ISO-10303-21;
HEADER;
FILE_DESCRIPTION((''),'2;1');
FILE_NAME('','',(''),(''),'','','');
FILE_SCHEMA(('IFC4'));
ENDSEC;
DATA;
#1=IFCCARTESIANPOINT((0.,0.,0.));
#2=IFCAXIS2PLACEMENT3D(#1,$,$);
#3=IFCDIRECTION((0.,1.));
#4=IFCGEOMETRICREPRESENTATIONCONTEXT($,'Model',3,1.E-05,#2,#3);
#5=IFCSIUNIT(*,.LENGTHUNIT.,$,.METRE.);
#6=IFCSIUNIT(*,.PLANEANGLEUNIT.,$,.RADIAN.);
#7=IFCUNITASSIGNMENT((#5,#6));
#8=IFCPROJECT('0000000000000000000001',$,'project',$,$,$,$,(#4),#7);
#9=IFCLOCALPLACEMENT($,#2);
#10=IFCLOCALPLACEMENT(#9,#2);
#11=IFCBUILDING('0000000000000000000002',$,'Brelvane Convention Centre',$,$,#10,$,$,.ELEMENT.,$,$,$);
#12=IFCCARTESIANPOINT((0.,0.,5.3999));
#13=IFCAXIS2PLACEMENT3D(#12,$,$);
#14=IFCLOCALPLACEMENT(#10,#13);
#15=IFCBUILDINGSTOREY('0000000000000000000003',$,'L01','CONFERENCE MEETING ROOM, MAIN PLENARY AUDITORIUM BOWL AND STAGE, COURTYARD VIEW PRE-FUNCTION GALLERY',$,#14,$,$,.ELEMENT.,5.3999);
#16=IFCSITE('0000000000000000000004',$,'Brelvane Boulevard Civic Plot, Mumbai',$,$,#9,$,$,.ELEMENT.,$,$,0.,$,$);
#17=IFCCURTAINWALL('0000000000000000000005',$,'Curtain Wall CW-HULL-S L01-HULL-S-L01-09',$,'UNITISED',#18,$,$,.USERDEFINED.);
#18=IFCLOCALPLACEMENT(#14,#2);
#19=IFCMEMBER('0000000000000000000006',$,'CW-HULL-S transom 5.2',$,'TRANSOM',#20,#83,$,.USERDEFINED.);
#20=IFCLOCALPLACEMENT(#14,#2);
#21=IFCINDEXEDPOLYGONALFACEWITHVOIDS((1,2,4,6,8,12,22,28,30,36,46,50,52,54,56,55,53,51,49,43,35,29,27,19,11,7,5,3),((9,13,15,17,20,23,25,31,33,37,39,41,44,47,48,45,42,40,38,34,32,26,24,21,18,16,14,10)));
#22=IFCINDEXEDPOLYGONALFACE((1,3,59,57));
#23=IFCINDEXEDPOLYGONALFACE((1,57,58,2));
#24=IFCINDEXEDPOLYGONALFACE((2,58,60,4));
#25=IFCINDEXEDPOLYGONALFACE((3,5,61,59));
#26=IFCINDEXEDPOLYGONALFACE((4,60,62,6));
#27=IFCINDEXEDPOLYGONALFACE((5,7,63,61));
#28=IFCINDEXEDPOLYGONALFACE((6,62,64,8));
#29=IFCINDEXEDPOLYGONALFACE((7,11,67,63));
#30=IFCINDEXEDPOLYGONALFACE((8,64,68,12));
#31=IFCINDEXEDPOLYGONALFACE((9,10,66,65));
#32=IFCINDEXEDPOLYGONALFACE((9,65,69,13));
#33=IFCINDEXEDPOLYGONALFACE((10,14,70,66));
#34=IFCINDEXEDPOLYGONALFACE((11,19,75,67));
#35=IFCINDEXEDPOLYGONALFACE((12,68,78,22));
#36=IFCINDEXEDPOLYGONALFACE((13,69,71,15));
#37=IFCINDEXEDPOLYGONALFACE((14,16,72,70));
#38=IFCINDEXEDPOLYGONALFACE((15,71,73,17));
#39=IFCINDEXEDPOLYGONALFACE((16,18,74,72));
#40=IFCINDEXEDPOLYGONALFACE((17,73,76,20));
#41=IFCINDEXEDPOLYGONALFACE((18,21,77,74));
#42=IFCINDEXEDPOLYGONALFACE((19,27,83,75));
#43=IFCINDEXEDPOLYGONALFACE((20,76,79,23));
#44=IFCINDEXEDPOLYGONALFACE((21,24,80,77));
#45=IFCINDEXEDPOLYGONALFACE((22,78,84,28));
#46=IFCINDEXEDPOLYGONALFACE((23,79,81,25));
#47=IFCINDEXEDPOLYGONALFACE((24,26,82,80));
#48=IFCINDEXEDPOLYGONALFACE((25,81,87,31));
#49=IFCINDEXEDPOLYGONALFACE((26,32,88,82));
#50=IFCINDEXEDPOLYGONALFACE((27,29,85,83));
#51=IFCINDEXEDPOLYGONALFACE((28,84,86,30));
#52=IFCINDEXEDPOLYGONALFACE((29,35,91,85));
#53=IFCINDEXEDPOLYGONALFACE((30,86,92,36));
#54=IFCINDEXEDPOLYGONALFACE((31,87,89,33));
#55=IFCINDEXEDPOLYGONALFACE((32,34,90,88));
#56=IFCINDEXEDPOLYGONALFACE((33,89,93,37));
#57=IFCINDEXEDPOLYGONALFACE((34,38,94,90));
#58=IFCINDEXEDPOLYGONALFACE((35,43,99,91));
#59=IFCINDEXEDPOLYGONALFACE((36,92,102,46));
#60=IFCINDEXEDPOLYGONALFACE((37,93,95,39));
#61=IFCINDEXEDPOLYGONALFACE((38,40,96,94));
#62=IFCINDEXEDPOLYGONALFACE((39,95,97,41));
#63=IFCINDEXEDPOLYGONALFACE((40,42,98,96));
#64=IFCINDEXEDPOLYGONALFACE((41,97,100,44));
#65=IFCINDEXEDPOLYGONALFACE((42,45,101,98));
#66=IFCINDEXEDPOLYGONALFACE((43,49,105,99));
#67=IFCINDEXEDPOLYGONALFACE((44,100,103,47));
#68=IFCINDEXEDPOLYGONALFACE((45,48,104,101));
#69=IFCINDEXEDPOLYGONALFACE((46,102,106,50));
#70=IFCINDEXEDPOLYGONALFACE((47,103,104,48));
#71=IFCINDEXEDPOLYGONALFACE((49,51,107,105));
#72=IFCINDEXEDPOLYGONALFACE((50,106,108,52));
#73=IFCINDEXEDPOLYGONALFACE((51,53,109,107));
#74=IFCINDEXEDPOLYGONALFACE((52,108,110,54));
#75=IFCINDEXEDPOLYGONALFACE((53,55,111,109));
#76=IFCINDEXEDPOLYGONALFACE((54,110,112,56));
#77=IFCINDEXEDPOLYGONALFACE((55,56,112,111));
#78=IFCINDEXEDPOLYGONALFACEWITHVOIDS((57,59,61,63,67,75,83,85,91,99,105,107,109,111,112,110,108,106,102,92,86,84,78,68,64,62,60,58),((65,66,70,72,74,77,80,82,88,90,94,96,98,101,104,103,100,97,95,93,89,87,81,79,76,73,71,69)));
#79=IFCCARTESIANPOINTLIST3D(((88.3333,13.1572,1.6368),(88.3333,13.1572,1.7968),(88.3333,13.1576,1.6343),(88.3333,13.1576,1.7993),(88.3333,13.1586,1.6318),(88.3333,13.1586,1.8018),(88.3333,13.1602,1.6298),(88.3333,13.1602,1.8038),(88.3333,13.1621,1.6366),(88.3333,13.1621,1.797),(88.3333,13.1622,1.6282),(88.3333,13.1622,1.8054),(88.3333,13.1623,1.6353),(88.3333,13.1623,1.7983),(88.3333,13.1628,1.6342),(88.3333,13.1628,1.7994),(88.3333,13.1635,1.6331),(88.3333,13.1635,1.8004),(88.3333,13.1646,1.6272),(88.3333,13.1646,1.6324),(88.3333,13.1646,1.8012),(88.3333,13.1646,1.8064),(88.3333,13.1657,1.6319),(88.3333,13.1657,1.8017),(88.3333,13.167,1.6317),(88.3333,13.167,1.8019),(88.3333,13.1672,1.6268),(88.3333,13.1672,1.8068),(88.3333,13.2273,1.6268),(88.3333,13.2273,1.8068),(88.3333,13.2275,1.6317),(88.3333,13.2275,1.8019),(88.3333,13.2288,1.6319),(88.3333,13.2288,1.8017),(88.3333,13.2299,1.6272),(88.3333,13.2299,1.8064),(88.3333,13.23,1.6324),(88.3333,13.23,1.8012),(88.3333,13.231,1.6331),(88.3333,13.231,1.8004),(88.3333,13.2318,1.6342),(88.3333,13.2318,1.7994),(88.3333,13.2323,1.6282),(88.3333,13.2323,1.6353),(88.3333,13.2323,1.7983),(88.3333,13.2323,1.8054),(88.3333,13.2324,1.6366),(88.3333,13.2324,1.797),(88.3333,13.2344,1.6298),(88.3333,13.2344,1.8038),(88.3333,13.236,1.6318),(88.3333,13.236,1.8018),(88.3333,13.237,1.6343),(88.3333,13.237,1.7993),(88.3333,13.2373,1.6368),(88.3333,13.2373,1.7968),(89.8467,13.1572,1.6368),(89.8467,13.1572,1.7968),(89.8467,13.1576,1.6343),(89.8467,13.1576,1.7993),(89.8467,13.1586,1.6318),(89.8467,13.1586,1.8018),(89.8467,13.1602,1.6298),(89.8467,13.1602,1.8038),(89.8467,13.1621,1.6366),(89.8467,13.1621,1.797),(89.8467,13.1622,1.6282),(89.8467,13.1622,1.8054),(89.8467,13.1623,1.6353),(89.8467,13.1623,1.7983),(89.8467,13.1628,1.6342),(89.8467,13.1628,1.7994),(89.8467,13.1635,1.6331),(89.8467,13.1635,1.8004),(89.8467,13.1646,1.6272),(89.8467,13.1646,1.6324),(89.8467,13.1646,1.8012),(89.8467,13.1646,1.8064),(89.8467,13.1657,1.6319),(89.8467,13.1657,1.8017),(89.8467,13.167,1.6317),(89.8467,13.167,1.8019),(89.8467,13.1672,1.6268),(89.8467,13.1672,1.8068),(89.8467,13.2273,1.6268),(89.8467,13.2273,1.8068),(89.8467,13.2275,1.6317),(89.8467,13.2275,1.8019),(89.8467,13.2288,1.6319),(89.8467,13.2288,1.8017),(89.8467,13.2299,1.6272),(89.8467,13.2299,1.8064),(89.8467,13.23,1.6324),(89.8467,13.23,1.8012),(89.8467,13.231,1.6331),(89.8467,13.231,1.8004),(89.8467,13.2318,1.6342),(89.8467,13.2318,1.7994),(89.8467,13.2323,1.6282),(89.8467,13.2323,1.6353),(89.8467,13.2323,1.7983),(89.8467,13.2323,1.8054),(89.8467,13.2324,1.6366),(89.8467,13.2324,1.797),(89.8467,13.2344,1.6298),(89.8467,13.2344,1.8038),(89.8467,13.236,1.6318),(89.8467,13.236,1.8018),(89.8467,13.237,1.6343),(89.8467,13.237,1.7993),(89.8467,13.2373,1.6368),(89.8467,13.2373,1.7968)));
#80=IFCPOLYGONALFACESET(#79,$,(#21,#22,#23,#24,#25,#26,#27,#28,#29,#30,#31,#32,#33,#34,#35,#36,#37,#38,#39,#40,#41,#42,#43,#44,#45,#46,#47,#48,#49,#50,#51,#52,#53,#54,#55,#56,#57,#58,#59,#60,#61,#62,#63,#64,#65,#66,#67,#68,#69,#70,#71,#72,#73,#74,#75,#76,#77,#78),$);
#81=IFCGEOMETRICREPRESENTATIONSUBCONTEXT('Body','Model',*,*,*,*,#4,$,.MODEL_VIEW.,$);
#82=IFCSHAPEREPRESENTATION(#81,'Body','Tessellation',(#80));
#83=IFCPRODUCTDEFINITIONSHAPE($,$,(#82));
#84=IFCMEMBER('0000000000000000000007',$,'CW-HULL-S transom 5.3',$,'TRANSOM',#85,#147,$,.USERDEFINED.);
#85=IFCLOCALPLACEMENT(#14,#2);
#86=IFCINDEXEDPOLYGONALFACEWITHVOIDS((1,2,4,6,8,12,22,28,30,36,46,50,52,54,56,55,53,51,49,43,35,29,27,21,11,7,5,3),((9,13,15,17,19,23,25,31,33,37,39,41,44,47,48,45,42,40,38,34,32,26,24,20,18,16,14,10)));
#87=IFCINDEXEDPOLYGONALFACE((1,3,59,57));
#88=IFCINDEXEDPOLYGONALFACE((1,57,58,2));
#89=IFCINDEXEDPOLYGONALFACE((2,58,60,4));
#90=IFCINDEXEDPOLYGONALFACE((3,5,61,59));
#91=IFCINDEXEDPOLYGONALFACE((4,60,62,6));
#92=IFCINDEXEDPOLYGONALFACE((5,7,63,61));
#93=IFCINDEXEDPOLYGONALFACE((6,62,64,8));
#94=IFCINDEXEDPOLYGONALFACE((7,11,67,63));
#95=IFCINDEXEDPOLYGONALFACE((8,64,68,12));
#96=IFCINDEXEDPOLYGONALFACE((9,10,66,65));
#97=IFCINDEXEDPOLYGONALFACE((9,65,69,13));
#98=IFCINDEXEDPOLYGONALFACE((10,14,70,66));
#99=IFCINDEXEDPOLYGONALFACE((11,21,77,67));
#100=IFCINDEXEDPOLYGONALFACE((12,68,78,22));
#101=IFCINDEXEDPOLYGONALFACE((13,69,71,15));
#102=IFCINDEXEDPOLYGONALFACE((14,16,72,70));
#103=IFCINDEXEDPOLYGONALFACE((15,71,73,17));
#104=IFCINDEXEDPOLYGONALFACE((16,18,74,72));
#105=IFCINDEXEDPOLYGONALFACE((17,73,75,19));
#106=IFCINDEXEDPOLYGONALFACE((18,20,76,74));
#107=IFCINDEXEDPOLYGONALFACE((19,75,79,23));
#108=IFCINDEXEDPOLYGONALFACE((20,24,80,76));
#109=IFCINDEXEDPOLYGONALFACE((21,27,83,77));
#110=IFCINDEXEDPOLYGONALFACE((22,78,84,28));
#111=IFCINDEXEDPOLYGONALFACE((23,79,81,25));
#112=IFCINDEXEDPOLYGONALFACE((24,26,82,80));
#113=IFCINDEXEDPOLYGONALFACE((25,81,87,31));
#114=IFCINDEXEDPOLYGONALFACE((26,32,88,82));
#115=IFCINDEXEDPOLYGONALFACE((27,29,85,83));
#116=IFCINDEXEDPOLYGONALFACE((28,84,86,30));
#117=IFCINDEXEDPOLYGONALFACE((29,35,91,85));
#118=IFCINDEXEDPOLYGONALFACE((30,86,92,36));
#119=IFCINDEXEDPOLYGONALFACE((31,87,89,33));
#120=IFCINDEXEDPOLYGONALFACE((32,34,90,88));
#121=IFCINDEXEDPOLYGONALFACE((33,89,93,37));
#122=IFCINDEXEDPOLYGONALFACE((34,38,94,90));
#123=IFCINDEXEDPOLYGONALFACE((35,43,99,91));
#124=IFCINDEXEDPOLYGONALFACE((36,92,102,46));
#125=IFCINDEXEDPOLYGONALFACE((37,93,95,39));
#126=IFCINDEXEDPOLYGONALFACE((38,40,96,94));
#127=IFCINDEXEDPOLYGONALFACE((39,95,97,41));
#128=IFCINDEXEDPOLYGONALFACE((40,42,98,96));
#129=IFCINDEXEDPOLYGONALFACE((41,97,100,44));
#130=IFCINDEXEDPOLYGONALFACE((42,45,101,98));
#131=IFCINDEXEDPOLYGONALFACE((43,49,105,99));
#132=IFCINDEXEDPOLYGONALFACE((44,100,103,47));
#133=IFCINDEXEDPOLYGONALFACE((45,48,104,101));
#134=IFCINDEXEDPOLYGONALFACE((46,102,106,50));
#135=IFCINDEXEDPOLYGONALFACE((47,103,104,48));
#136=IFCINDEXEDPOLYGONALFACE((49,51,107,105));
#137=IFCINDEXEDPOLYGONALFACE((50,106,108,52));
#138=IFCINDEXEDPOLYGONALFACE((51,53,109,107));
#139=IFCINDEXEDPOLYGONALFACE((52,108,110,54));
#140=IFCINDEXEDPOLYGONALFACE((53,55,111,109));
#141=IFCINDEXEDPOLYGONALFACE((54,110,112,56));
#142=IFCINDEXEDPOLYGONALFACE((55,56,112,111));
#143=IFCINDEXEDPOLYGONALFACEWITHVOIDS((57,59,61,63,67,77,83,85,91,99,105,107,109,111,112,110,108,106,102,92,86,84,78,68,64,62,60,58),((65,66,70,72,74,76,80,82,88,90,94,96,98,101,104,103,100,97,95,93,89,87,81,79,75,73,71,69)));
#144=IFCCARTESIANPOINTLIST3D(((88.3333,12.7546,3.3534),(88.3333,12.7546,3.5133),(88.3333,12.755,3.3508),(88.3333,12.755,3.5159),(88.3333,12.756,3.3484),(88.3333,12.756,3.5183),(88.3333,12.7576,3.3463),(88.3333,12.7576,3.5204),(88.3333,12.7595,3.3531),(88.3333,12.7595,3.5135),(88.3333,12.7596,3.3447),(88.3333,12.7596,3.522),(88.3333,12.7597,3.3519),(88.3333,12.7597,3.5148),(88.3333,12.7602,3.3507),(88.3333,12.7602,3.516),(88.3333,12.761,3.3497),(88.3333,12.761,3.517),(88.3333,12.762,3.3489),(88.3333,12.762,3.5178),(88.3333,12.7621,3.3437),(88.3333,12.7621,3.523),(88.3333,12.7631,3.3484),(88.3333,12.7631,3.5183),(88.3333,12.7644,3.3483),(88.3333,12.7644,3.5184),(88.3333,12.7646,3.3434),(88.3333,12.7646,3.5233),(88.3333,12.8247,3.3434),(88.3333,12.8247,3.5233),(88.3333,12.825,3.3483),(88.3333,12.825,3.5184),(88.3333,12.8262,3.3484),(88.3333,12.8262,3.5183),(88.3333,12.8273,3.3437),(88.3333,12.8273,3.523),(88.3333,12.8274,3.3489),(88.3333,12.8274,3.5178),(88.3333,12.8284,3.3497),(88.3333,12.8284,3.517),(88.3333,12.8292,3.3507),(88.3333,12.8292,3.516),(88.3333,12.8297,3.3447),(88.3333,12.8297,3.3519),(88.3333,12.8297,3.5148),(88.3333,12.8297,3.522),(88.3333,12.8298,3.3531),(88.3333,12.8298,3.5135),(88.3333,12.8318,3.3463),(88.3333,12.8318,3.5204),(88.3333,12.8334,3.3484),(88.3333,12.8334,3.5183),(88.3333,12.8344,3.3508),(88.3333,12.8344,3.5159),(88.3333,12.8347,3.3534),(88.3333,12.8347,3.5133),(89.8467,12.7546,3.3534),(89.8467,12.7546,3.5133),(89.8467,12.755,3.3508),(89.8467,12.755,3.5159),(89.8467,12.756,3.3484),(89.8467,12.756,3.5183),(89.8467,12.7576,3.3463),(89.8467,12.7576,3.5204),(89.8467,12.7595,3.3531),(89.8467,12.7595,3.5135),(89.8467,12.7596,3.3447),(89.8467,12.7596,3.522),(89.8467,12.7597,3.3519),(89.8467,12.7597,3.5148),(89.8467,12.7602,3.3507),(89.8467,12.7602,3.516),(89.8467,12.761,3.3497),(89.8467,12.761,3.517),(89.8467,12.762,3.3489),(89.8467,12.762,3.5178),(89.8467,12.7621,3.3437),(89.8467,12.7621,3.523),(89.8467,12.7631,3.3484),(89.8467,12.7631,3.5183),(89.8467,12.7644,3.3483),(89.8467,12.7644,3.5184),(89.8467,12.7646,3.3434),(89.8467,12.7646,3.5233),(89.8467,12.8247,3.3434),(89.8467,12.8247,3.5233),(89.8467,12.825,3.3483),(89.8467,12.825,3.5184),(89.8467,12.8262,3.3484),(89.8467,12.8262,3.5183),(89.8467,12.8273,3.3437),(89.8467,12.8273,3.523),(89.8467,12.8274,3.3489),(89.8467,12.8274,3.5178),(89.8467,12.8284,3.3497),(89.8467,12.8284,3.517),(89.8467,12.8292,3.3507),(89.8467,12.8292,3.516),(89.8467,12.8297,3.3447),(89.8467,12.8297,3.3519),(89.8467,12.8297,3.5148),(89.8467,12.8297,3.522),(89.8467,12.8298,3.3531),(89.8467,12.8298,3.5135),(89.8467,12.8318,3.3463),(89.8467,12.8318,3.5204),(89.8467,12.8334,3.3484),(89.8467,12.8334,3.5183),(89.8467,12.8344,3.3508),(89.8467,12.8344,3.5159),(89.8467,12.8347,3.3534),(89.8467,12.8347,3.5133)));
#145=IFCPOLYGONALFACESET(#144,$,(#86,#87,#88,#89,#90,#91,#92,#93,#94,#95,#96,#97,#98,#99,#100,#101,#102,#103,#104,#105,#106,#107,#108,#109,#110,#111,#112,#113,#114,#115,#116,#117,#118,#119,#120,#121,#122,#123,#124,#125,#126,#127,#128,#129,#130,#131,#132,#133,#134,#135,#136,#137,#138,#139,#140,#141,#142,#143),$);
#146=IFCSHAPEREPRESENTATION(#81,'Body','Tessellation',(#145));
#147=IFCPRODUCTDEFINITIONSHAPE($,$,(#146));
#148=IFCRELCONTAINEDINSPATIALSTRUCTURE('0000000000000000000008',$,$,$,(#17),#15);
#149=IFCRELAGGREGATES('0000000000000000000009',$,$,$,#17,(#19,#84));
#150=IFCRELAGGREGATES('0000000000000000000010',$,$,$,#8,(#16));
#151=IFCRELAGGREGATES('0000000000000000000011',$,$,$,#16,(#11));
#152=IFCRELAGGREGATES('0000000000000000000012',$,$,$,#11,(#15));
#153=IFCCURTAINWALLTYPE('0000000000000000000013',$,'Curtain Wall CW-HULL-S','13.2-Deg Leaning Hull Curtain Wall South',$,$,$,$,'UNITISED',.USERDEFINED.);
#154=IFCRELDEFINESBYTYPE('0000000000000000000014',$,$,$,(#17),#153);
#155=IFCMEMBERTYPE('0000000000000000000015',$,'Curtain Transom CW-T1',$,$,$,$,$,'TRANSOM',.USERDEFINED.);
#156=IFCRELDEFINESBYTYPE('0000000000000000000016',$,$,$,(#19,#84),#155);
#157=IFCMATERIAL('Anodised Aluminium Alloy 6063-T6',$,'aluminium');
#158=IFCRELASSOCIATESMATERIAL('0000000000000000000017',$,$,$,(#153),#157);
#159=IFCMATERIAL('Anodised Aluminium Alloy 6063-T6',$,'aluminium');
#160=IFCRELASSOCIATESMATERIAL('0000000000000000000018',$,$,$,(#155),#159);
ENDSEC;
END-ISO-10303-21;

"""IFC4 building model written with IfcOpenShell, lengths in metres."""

from ifc_helpers import new_model, si_unit, direction, frame, origin, origin_2d, place, context, subcontext, project, spatial, hollow_rectangle, extrude, material, material_profile, profile_set, type_object, element, aggregate, save


model = new_model("IFC4")

# Units and contexts
model_context = context("Model", 3, precision=1e-05, world=origin(), true_north=direction((0.0, 1.0)))
body_context = subcontext(model_context, "Body", "Model", "MODEL_VIEW")
ifc_project = project(units=[si_unit("LENGTHUNIT", "METRE"), si_unit("PLANEANGLEUNIT", "RADIAN")], contexts=[model_context])

# Site, building, storey
site_placement = place(None, origin())
site = spatial("IfcSite", under=ifc_project, at=site_placement, Name="Brelvane Boulevard Civic Plot, Mumbai", CompositionType="ELEMENT", RefElevation=0.0)
building_placement = place(site_placement, origin())
building = spatial("IfcBuilding", under=site, at=building_placement, Name="Brelvane Convention Centre", CompositionType="ELEMENT")
storey_placement = place(building_placement, frame((0.0, 0.0, 5.3999)))
storey = spatial("IfcBuildingStorey", under=building, at=storey_placement, Name="L01", Description="CONFERENCE MEETING ROOM, MAIN PLENARY AUDITORIUM BOWL AND STAGE, COURTYARD VIEW PRE-FUNCTION GALLERY", CompositionType="ELEMENT", Elevation=5.3999)

# Curtain wall, members
ifc_material_1 = material(Name="Anodised Aluminium Alloy 6063-T6", Category="aluminium")
curtain_wall_type = type_object("IfcCurtainWallType", Name="Curtain Wall CW-HULL-S", Description="13.2-Deg Leaning Hull Curtain Wall South", ElementType="UNITISED", PredefinedType="USERDEFINED", material=ifc_material_1)
curtain_wall_1_placement = place(storey_placement, origin())
curtain_wall_1 = element("IfcCurtainWall", 1, at=curtain_wall_1_placement, inside=storey, type_object=curtain_wall_type, Name="Curtain Wall CW-HULL-S L01-HULL-S-L01-09", ObjectType="UNITISED", PredefinedType="USERDEFINED")
ifc_material_2 = material(Name="Anodised Aluminium Alloy 6063-T6", Category="aluminium")
ifc_material_profile = material_profile(ifc_material_2, hollow_rectangle(XDim=0.0801, YDim=0.1799, WallThickness=0.0049, InnerFilletRadius=0.0049, OuterFilletRadius=0.01, at=origin_2d()), Name="ALU-T 180x80x5.0")
ifc_profile_set = profile_set([ifc_material_profile], Name="Anodised Aluminium Alloy 6063-T6")
member_type = type_object("IfcMemberType", Name="Curtain Transom CW-T1", ElementType="TRANSOM", PredefinedType="USERDEFINED", material=ifc_profile_set)
member_1_placement = place(storey_placement, frame((88.3333, 13.1973, 1.7168), z_axis=(1.0, 0.0, 0.0), x_axis=(0.0, 1.0, 0.0)))
member_1 = element("IfcMember", 2, at=member_1_placement, type_object=member_type, Name="CW-HULL-S transom 5.2", ObjectType="TRANSOM", PredefinedType="USERDEFINED", context=body_context, shape_type="SweptSolid", body=[
    extrude(hollow_rectangle(XDim=0.0801, YDim=0.1799, WallThickness=0.0049, InnerFilletRadius=0.0049, OuterFilletRadius=0.01, at=origin_2d()), origin(), (0.0, 0.0, 1.0), 1.5134),
])
member_2_placement = place(storey_placement, frame((88.3333, 12.7947, 3.4333), z_axis=(1.0, 0.0, 0.0), x_axis=(0.0, 1.0, 0.0)))
member_2 = element("IfcMember", 3, at=member_2_placement, type_object=member_type, Name="CW-HULL-S transom 5.3", ObjectType="TRANSOM", PredefinedType="USERDEFINED", context=body_context, shape_type="SweptSolid", body=[
    extrude(hollow_rectangle(XDim=0.0801, YDim=0.1799, WallThickness=0.0049, InnerFilletRadius=0.0049, OuterFilletRadius=0.01, at=origin_2d()), origin(), (0.0, 0.0, 1.0), 1.5134),
])

aggregate(curtain_wall_1, [member_1, member_2])

save(model, "model.ifc")
